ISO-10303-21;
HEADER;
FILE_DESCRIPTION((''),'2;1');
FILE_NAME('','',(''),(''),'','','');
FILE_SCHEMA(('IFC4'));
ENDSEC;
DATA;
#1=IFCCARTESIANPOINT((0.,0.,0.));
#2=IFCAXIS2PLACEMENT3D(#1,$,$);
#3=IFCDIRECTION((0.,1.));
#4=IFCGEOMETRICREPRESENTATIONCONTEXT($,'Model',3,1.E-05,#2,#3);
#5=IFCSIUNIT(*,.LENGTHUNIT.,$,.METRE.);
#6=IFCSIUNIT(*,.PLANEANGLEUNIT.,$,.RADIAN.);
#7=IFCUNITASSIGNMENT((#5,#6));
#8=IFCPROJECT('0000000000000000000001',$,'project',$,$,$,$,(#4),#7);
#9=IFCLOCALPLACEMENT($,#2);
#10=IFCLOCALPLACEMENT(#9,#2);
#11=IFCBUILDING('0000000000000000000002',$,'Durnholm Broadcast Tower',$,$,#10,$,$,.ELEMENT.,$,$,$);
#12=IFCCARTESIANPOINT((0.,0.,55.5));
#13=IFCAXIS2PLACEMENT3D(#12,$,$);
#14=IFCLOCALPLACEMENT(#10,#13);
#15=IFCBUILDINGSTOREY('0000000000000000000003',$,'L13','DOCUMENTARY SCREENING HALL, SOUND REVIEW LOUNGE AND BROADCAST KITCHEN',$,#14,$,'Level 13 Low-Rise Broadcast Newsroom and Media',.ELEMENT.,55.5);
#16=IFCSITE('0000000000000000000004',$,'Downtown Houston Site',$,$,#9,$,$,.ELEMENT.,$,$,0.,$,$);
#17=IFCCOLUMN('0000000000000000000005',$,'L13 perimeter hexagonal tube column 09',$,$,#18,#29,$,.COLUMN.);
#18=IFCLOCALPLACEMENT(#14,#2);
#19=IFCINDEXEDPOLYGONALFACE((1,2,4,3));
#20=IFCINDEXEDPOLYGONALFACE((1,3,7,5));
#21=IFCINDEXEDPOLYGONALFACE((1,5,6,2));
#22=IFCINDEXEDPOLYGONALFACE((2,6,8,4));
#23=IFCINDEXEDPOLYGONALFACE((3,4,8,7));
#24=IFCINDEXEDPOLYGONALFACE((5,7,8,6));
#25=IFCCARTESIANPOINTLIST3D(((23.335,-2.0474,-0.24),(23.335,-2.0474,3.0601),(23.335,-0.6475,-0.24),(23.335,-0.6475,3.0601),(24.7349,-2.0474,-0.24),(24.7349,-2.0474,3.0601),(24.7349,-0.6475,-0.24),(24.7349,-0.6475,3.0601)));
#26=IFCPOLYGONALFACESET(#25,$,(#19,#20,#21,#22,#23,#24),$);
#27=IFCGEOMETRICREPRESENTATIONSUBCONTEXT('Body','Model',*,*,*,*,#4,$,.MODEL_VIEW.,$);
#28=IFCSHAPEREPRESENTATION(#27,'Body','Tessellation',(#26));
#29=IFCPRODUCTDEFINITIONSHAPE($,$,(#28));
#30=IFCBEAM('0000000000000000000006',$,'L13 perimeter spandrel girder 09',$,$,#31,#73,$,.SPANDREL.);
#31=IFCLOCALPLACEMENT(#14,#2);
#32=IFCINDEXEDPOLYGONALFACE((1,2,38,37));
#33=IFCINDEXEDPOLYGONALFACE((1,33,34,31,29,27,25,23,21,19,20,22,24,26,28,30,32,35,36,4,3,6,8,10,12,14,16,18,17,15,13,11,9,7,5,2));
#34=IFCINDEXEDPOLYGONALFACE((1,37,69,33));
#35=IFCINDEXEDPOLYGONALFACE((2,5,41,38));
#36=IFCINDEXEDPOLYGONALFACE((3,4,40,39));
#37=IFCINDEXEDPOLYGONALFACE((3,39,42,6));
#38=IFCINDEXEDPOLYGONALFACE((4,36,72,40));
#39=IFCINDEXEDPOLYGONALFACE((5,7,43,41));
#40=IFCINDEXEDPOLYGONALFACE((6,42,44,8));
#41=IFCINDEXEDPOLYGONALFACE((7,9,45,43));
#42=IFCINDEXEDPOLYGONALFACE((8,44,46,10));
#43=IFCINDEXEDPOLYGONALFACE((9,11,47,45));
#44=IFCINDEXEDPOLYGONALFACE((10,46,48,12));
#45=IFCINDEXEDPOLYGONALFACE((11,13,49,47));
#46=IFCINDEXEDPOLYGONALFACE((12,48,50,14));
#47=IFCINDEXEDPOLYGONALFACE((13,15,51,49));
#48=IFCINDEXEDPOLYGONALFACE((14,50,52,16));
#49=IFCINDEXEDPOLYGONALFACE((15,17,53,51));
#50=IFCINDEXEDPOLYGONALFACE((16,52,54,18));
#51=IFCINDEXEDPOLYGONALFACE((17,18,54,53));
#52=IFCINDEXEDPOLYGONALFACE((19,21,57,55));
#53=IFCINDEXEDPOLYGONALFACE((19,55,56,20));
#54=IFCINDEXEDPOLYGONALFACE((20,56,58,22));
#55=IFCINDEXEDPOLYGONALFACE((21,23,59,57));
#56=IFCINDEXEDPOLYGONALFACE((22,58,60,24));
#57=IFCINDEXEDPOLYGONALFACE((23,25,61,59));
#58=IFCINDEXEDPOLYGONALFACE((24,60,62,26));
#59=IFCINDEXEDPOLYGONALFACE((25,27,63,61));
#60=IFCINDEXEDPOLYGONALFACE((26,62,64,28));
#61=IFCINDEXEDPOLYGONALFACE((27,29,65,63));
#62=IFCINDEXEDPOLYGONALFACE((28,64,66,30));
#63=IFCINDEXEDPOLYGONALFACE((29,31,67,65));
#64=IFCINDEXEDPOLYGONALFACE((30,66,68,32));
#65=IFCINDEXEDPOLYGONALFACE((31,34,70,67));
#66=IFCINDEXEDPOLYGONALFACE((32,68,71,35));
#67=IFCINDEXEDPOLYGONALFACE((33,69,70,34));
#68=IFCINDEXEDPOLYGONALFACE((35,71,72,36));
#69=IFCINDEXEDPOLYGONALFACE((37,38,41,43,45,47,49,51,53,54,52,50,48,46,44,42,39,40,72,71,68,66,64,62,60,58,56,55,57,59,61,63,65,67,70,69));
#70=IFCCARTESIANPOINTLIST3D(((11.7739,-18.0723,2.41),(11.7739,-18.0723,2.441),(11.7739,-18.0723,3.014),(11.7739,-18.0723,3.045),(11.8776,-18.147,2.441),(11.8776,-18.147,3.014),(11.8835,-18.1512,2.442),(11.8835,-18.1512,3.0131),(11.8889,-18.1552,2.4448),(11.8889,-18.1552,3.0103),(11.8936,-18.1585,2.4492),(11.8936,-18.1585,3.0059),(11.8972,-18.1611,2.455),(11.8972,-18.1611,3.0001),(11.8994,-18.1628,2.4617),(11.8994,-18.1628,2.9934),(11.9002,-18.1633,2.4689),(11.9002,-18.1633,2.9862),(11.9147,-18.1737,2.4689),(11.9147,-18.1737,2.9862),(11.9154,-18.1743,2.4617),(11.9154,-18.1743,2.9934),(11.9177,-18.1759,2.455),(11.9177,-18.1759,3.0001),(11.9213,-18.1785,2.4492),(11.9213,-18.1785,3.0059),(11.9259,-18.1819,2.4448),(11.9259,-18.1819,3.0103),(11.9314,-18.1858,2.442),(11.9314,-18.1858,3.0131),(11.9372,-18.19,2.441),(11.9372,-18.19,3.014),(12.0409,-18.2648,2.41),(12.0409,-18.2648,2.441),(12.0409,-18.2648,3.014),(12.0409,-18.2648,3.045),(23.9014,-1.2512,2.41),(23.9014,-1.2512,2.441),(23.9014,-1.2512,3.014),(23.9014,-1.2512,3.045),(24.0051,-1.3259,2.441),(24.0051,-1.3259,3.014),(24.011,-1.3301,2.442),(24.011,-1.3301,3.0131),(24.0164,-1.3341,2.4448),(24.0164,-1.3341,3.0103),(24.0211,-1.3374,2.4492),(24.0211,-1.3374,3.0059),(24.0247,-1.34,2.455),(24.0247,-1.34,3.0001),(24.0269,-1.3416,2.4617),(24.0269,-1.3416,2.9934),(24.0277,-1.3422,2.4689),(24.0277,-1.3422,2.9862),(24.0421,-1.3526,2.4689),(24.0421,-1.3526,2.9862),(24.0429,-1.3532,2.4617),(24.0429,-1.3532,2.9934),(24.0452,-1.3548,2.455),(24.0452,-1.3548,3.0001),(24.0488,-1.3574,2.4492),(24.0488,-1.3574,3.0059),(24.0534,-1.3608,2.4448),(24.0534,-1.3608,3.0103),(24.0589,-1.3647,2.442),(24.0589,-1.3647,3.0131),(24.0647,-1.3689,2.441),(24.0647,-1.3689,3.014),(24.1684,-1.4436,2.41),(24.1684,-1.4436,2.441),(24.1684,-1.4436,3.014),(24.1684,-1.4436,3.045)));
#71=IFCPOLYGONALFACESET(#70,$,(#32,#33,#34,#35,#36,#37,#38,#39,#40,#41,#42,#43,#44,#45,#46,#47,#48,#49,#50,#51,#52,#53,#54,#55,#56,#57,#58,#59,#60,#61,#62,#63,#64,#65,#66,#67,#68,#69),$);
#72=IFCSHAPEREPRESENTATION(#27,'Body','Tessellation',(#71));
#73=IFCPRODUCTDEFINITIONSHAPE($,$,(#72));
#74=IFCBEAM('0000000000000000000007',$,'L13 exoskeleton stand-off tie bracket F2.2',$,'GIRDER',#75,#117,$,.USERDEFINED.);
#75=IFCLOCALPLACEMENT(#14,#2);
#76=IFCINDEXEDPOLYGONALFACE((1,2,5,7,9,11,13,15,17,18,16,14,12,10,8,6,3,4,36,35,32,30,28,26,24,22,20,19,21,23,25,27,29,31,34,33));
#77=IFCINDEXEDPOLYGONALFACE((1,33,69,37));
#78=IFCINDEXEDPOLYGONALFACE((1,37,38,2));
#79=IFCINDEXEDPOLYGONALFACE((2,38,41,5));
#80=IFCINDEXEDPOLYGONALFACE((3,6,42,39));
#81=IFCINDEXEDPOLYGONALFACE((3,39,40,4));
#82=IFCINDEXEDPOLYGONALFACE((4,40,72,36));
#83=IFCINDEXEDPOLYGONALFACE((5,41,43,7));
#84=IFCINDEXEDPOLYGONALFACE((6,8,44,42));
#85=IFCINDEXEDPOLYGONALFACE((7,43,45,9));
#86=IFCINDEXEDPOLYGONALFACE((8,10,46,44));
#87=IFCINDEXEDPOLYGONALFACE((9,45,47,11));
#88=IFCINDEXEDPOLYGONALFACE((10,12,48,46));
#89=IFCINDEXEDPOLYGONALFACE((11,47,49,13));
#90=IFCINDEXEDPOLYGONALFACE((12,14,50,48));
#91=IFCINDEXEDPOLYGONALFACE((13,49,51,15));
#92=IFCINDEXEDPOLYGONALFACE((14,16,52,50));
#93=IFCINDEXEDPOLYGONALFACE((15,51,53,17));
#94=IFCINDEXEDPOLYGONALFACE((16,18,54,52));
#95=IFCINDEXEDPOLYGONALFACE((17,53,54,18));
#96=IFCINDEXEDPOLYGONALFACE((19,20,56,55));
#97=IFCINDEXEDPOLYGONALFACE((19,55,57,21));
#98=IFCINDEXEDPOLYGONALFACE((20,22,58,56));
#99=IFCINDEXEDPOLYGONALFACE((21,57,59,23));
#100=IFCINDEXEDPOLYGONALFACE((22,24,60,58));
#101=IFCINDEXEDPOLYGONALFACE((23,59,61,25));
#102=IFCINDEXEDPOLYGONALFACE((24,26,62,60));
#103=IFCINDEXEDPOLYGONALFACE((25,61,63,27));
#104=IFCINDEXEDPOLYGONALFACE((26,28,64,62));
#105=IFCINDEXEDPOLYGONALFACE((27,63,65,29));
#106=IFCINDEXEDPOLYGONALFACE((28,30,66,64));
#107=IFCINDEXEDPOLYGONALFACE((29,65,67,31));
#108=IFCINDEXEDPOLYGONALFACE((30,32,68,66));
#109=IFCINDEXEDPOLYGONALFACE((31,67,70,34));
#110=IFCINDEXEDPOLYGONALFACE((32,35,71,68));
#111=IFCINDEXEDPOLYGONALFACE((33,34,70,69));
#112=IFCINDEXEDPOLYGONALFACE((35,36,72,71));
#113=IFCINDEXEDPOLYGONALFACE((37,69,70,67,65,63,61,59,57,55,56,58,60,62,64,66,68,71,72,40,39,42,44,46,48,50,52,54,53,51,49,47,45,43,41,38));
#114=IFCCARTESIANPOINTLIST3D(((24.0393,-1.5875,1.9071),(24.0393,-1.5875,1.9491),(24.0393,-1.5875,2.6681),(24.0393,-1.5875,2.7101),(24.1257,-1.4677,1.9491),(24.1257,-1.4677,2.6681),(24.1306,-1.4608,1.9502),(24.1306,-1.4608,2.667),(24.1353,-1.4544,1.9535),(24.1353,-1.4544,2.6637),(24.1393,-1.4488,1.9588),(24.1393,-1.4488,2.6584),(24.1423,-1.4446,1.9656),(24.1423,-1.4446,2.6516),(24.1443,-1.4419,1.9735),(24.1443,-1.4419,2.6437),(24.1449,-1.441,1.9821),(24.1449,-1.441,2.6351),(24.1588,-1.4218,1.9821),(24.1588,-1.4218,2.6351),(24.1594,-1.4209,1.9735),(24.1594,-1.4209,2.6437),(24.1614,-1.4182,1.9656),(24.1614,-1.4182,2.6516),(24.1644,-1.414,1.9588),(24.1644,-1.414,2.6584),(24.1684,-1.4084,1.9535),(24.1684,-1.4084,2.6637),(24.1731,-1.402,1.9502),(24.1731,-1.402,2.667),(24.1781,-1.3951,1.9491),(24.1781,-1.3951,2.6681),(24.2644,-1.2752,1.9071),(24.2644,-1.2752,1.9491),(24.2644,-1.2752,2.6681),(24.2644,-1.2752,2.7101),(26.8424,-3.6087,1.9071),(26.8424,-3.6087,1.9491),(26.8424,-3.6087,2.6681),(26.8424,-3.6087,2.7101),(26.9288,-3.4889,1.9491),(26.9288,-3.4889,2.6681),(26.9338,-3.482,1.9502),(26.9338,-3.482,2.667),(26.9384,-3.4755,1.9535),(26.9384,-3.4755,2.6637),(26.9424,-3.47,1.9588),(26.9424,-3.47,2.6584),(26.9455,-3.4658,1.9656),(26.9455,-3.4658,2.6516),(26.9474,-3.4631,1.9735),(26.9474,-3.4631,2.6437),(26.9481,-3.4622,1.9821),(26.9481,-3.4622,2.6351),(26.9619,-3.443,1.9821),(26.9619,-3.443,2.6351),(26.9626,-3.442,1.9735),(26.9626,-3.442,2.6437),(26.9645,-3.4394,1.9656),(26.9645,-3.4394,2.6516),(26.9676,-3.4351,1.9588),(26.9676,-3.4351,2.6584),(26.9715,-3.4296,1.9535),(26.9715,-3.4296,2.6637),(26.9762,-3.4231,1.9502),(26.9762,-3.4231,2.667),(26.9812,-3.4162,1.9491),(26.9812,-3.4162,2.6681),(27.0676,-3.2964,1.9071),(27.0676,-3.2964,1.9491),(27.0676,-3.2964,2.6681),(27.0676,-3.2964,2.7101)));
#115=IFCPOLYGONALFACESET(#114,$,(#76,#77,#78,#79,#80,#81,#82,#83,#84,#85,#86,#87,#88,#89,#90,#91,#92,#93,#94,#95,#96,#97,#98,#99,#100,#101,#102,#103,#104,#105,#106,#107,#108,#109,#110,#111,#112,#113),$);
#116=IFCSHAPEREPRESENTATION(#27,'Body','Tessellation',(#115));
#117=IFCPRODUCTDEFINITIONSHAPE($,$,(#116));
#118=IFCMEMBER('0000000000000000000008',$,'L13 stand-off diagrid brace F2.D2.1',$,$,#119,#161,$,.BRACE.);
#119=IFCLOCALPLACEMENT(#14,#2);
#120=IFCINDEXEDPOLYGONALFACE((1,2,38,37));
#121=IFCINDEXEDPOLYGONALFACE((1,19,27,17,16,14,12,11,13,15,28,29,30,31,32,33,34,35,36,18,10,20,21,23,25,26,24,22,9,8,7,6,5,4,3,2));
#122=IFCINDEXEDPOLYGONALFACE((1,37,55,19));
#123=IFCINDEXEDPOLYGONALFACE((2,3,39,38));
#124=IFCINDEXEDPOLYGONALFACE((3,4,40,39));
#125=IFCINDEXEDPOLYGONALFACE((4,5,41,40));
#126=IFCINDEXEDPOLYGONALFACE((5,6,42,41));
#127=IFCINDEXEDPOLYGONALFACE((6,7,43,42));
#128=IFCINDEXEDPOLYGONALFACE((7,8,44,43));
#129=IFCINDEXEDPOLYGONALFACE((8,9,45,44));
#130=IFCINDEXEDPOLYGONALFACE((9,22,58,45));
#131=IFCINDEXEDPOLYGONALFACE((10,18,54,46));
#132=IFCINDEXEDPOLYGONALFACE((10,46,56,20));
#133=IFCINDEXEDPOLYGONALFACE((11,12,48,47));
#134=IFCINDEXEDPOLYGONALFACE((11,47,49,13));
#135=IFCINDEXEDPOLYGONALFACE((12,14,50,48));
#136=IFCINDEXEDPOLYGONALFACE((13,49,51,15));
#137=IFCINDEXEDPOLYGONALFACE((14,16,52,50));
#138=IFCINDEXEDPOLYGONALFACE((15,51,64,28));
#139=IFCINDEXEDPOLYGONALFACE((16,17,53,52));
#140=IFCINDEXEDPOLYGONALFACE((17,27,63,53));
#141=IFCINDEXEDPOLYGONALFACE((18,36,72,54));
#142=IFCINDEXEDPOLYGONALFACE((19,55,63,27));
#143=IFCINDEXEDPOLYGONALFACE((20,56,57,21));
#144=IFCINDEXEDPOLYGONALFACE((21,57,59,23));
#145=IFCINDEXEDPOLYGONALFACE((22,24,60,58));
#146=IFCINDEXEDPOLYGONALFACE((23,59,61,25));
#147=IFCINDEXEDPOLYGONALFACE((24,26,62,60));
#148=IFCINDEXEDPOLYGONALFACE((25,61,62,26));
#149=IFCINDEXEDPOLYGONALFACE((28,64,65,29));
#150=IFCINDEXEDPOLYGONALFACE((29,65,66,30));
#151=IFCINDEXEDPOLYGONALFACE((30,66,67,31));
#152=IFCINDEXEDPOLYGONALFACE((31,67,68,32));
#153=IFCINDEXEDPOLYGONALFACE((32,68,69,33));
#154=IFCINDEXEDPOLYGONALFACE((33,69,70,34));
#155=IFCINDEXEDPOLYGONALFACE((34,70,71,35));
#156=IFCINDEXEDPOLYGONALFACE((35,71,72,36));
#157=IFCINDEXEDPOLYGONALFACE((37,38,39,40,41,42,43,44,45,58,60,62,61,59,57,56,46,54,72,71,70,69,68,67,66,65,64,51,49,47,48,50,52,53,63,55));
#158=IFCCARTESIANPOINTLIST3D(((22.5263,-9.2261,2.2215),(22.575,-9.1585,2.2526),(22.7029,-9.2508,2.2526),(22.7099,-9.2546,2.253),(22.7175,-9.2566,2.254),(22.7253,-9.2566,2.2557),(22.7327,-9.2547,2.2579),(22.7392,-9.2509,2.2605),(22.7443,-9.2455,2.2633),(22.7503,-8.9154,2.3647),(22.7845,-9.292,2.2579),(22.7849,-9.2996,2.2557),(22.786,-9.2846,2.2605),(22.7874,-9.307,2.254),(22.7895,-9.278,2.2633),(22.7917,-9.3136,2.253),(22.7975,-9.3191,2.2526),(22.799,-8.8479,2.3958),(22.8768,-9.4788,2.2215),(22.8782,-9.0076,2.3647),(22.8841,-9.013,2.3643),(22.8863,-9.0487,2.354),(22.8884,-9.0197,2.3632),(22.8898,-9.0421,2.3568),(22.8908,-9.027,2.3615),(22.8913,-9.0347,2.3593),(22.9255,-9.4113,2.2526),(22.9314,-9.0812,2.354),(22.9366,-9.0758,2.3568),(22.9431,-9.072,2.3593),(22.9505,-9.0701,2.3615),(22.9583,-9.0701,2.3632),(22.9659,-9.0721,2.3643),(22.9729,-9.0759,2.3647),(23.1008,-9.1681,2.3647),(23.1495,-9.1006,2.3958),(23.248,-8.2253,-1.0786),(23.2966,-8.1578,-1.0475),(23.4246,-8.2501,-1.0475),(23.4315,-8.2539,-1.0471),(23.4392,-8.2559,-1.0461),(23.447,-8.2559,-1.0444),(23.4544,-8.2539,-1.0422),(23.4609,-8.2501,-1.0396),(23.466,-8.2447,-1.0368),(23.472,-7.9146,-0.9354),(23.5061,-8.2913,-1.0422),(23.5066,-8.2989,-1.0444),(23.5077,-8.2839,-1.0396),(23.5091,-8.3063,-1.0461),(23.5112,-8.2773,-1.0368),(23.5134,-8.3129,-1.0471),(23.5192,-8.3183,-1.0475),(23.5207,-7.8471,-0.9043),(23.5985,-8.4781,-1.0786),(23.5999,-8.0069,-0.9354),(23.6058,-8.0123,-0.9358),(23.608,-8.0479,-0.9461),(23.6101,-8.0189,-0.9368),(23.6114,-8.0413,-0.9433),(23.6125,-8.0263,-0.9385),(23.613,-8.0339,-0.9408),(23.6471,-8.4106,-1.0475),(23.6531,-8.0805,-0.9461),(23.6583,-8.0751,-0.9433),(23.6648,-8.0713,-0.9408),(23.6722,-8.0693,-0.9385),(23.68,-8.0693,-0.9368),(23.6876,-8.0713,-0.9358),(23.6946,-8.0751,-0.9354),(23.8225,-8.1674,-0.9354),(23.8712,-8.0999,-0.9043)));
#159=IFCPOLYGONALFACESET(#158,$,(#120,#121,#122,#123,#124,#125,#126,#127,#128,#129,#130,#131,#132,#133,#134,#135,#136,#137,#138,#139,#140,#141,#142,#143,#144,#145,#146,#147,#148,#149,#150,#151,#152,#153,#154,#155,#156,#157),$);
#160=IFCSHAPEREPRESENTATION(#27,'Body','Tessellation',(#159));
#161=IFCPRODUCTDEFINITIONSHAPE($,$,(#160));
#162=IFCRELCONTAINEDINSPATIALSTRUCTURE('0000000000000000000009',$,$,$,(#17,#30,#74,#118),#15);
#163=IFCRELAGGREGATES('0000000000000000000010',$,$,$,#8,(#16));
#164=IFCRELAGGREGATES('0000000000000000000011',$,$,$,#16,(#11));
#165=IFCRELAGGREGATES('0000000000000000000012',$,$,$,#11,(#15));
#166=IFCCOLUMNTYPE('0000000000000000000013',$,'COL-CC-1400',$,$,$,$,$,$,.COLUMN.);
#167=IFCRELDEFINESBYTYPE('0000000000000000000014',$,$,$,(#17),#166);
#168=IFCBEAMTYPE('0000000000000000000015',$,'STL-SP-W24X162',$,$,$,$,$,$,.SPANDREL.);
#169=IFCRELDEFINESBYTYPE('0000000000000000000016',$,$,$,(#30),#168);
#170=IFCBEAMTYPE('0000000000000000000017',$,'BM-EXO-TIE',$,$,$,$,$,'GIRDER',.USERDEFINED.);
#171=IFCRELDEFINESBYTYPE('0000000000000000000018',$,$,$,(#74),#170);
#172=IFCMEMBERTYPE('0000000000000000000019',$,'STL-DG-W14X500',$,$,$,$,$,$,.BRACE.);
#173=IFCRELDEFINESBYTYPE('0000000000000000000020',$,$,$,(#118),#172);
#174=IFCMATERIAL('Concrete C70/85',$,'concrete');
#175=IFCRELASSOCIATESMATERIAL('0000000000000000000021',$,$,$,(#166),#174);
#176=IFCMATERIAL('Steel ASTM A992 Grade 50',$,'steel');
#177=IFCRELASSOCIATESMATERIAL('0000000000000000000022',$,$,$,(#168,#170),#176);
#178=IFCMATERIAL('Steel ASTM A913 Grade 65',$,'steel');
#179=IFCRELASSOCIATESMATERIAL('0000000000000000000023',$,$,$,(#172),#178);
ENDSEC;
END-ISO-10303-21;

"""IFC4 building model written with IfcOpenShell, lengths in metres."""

from ifc_helpers import new_model, si_unit, direction, frame, origin, origin_2d, place, context, subcontext, project, spatial, rectangle, i_section, extrude, source, transform, mapped, material, material_profile, profile_set, type_object, type_shapes, element, save


model = new_model("IFC4")

# Units and contexts
model_context = context("Model", 3, precision=1e-05, world=origin(), true_north=direction((0.0, 1.0)))
body_context = subcontext(model_context, "Body", "Model", "MODEL_VIEW")
ifc_project = project(units=[si_unit("LENGTHUNIT", "METRE"), si_unit("PLANEANGLEUNIT", "RADIAN")], contexts=[model_context])

# Site, building, storey
site_placement = place(None, origin())
site = spatial("IfcSite", under=ifc_project, at=site_placement, Name="Downtown Houston Site", CompositionType="ELEMENT", RefElevation=0.0)
building_placement = place(site_placement, origin())
building = spatial("IfcBuilding", under=site, at=building_placement, Name="Durnholm Broadcast Tower", CompositionType="ELEMENT")
storey_placement = place(building_placement, frame((0.0, 0.0, 55.5)))
storey = spatial("IfcBuildingStorey", under=building, at=storey_placement, Name="L13", Description="DOCUMENTARY SCREENING HALL, SOUND REVIEW LOUNGE AND BROADCAST KITCHEN", LongName="Level 13 Low-Rise Broadcast Newsroom and Media", CompositionType="ELEMENT", Elevation=55.5)

# Column
ifc_material_1 = material(Name="Concrete C70/85", Category="concrete")
ifc_material_profile_1 = material_profile(ifc_material_1, rectangle(XDim=1.3999, YDim=1.3999, at=origin_2d()), Name="RC1400X1400")
ifc_profile_set_1 = profile_set([ifc_material_profile_1], Name="Concrete C70/85")
column_type = type_object("IfcColumnType", Name="COL-CC-1400", PredefinedType="COLUMN", material=ifc_profile_set_1)
shared_shape_1 = source(origin(), body_context, "Body", "SweptSolid", [
    extrude(rectangle(XDim=1.3999, YDim=1.3999, at=origin_2d()), origin(), (0.0, 0.0, 1.0), 3.3),
])
type_shapes(column_type, [shared_shape_1])
column_placement = place(storey_placement, frame((24.0349, -1.3474, -0.24), z_axis=(0.0, 0.0, 1.0), x_axis=(1.0, 0.0, 0.0)))
element("IfcColumn", 1, at=column_placement, inside=storey, type_object=column_type, Name="L13 perimeter hexagonal tube column 09", PredefinedType="COLUMN", context=body_context, shape_type="MappedRepresentation", body=[
    mapped(shared_shape_1, transform((0.0, 0.0, 0.0), x_axis=(1.0, 0.0, 0.0), y_axis=(0.0, 1.0, 0.0), z_axis=(0.0, 0.0, 1.0), scale=1.0)),
])

# Beams
ifc_material_2 = material(Name="Steel ASTM A992 Grade 50", Category="steel")
ifc_material_profile_2 = material_profile(ifc_material_2, i_section(OverallWidth=0.3291, OverallDepth=0.635, WebThickness=0.0178, FlangeThickness=0.031, FilletRadius=0.0278, at=origin_2d()), Name="W24X162")
ifc_profile_set_2 = profile_set([ifc_material_profile_2], Name="Steel ASTM A992 Grade 50")
beam_type_1 = type_object("IfcBeamType", Name="STL-SP-W24X162", PredefinedType="SPANDREL", material=ifc_profile_set_2)
shared_shape_2 = source(origin(), body_context, "Body", "SweptSolid", [
    extrude(i_section(OverallWidth=0.3291, OverallDepth=0.635, WebThickness=0.0178, FlangeThickness=0.031, FilletRadius=0.0278, at=origin_2d()), origin(), (0.0, 0.0, 1.0), 20.7371),
])
type_shapes(beam_type_1, [shared_shape_2])
beam_1_placement = place(storey_placement, frame((24.0349, -1.3474, 2.7275), z_axis=(-0.584822, -0.811162, 0.0), x_axis=(0.811162, -0.584822, 0.0)))
element("IfcBeam", 2, at=beam_1_placement, inside=storey, type_object=beam_type_1, Name="L13 perimeter spandrel girder 09", PredefinedType="SPANDREL", context=body_context, shape_type="MappedRepresentation", body=[
    mapped(shared_shape_2, transform((0.0, 0.0, 0.0), x_axis=(1.0, 0.0, 0.0), y_axis=(0.0, 1.0, 0.0), z_axis=(0.0, 0.0, 1.0), scale=1.0)),
])
ifc_material_profile_3 = material_profile(ifc_material_2, i_section(OverallWidth=0.385, OverallDepth=0.803, WebThickness=0.0237, FlangeThickness=0.042, FilletRadius=0.033, at=origin_2d()), Name="W30X261")
ifc_profile_set_3 = profile_set([ifc_material_profile_3], Name="Steel ASTM A992 Grade 50")
beam_type_2 = type_object("IfcBeamType", Name="BM-EXO-TIE", ElementType="GIRDER", PredefinedType="USERDEFINED", material=ifc_profile_set_3)
shared_shape_3 = source(origin(), body_context, "Body", "SweptSolid", [
    extrude(i_section(OverallWidth=0.385, OverallDepth=0.803, WebThickness=0.0237, FlangeThickness=0.042, FilletRadius=0.033, at=origin_2d()), origin(), (0.0, 0.0, 1.0), 3.4558),
])
type_shapes(beam_type_2, [shared_shape_3])
beam_2_placement = place(storey_placement, frame((24.1519, -1.4314, 2.3086), z_axis=(0.811134, -0.584861, 0.0), x_axis=(0.584861, 0.811134, 0.0)))
element("IfcBeam", 3, at=beam_2_placement, inside=storey, type_object=beam_type_2, Name="L13 exoskeleton stand-off tie bracket F2.2", ObjectType="GIRDER", PredefinedType="USERDEFINED", context=body_context, shape_type="MappedRepresentation", body=[
    mapped(shared_shape_3, transform((0.0, 0.0, 0.0), x_axis=(1.0, 0.0, 0.0), y_axis=(0.0, 1.0, 0.0), z_axis=(0.0, 0.0, 1.0), scale=1.0)),
])

# Member
ifc_material_3 = material(Name="Steel ASTM A913 Grade 65", Category="steel")
ifc_material_profile_4 = material_profile(ifc_material_3, i_section(OverallWidth=0.4321, OverallDepth=0.4978, WebThickness=0.0557, FlangeThickness=0.0889, FilletRadius=0.0305, at=origin_2d()), Name="W14X500")
ifc_profile_set_4 = profile_set([ifc_material_profile_4], Name="Steel ASTM A913 Grade 65")
member_type_1 = type_object("IfcMemberType", Name="STL-DG-W14X500", PredefinedType="BRACE", material=ifc_profile_set_4)
shared_shape_4 = source(origin(), body_context, "Body", "SweptSolid", [
    extrude(i_section(OverallWidth=0.4321, OverallDepth=0.4978, WebThickness=0.0557, FlangeThickness=0.0889, FilletRadius=0.0305, at=origin_2d()), origin(), (0.0, 0.0, 1.0), 3.5232),
])
type_shapes(member_type_1, [shared_shape_4])
for number, where, z_axis, x_axis, name in (
    (4, (23.5596, -8.1626, -0.9915), (-0.204839, -0.284045, 0.936675), (0.811091, -0.58492, 0.0), "L13 stand-off diagrid brace F2.D2.1"),
):
    element("IfcMember", number, at=place(storey_placement, frame(where, z_axis=z_axis, x_axis=x_axis)), inside=storey, type_object=member_type_1, Name=name, PredefinedType="BRACE", context=body_context, shape_type="MappedRepresentation", body=[
        mapped(shared_shape_4, transform((0.0, 0.0, 0.0), x_axis=(1.0, 0.0, 0.0), y_axis=(0.0, 1.0, 0.0), z_axis=(0.0, 0.0, 1.0), scale=1.0)),
    ])

save(model, "model.ifc")
